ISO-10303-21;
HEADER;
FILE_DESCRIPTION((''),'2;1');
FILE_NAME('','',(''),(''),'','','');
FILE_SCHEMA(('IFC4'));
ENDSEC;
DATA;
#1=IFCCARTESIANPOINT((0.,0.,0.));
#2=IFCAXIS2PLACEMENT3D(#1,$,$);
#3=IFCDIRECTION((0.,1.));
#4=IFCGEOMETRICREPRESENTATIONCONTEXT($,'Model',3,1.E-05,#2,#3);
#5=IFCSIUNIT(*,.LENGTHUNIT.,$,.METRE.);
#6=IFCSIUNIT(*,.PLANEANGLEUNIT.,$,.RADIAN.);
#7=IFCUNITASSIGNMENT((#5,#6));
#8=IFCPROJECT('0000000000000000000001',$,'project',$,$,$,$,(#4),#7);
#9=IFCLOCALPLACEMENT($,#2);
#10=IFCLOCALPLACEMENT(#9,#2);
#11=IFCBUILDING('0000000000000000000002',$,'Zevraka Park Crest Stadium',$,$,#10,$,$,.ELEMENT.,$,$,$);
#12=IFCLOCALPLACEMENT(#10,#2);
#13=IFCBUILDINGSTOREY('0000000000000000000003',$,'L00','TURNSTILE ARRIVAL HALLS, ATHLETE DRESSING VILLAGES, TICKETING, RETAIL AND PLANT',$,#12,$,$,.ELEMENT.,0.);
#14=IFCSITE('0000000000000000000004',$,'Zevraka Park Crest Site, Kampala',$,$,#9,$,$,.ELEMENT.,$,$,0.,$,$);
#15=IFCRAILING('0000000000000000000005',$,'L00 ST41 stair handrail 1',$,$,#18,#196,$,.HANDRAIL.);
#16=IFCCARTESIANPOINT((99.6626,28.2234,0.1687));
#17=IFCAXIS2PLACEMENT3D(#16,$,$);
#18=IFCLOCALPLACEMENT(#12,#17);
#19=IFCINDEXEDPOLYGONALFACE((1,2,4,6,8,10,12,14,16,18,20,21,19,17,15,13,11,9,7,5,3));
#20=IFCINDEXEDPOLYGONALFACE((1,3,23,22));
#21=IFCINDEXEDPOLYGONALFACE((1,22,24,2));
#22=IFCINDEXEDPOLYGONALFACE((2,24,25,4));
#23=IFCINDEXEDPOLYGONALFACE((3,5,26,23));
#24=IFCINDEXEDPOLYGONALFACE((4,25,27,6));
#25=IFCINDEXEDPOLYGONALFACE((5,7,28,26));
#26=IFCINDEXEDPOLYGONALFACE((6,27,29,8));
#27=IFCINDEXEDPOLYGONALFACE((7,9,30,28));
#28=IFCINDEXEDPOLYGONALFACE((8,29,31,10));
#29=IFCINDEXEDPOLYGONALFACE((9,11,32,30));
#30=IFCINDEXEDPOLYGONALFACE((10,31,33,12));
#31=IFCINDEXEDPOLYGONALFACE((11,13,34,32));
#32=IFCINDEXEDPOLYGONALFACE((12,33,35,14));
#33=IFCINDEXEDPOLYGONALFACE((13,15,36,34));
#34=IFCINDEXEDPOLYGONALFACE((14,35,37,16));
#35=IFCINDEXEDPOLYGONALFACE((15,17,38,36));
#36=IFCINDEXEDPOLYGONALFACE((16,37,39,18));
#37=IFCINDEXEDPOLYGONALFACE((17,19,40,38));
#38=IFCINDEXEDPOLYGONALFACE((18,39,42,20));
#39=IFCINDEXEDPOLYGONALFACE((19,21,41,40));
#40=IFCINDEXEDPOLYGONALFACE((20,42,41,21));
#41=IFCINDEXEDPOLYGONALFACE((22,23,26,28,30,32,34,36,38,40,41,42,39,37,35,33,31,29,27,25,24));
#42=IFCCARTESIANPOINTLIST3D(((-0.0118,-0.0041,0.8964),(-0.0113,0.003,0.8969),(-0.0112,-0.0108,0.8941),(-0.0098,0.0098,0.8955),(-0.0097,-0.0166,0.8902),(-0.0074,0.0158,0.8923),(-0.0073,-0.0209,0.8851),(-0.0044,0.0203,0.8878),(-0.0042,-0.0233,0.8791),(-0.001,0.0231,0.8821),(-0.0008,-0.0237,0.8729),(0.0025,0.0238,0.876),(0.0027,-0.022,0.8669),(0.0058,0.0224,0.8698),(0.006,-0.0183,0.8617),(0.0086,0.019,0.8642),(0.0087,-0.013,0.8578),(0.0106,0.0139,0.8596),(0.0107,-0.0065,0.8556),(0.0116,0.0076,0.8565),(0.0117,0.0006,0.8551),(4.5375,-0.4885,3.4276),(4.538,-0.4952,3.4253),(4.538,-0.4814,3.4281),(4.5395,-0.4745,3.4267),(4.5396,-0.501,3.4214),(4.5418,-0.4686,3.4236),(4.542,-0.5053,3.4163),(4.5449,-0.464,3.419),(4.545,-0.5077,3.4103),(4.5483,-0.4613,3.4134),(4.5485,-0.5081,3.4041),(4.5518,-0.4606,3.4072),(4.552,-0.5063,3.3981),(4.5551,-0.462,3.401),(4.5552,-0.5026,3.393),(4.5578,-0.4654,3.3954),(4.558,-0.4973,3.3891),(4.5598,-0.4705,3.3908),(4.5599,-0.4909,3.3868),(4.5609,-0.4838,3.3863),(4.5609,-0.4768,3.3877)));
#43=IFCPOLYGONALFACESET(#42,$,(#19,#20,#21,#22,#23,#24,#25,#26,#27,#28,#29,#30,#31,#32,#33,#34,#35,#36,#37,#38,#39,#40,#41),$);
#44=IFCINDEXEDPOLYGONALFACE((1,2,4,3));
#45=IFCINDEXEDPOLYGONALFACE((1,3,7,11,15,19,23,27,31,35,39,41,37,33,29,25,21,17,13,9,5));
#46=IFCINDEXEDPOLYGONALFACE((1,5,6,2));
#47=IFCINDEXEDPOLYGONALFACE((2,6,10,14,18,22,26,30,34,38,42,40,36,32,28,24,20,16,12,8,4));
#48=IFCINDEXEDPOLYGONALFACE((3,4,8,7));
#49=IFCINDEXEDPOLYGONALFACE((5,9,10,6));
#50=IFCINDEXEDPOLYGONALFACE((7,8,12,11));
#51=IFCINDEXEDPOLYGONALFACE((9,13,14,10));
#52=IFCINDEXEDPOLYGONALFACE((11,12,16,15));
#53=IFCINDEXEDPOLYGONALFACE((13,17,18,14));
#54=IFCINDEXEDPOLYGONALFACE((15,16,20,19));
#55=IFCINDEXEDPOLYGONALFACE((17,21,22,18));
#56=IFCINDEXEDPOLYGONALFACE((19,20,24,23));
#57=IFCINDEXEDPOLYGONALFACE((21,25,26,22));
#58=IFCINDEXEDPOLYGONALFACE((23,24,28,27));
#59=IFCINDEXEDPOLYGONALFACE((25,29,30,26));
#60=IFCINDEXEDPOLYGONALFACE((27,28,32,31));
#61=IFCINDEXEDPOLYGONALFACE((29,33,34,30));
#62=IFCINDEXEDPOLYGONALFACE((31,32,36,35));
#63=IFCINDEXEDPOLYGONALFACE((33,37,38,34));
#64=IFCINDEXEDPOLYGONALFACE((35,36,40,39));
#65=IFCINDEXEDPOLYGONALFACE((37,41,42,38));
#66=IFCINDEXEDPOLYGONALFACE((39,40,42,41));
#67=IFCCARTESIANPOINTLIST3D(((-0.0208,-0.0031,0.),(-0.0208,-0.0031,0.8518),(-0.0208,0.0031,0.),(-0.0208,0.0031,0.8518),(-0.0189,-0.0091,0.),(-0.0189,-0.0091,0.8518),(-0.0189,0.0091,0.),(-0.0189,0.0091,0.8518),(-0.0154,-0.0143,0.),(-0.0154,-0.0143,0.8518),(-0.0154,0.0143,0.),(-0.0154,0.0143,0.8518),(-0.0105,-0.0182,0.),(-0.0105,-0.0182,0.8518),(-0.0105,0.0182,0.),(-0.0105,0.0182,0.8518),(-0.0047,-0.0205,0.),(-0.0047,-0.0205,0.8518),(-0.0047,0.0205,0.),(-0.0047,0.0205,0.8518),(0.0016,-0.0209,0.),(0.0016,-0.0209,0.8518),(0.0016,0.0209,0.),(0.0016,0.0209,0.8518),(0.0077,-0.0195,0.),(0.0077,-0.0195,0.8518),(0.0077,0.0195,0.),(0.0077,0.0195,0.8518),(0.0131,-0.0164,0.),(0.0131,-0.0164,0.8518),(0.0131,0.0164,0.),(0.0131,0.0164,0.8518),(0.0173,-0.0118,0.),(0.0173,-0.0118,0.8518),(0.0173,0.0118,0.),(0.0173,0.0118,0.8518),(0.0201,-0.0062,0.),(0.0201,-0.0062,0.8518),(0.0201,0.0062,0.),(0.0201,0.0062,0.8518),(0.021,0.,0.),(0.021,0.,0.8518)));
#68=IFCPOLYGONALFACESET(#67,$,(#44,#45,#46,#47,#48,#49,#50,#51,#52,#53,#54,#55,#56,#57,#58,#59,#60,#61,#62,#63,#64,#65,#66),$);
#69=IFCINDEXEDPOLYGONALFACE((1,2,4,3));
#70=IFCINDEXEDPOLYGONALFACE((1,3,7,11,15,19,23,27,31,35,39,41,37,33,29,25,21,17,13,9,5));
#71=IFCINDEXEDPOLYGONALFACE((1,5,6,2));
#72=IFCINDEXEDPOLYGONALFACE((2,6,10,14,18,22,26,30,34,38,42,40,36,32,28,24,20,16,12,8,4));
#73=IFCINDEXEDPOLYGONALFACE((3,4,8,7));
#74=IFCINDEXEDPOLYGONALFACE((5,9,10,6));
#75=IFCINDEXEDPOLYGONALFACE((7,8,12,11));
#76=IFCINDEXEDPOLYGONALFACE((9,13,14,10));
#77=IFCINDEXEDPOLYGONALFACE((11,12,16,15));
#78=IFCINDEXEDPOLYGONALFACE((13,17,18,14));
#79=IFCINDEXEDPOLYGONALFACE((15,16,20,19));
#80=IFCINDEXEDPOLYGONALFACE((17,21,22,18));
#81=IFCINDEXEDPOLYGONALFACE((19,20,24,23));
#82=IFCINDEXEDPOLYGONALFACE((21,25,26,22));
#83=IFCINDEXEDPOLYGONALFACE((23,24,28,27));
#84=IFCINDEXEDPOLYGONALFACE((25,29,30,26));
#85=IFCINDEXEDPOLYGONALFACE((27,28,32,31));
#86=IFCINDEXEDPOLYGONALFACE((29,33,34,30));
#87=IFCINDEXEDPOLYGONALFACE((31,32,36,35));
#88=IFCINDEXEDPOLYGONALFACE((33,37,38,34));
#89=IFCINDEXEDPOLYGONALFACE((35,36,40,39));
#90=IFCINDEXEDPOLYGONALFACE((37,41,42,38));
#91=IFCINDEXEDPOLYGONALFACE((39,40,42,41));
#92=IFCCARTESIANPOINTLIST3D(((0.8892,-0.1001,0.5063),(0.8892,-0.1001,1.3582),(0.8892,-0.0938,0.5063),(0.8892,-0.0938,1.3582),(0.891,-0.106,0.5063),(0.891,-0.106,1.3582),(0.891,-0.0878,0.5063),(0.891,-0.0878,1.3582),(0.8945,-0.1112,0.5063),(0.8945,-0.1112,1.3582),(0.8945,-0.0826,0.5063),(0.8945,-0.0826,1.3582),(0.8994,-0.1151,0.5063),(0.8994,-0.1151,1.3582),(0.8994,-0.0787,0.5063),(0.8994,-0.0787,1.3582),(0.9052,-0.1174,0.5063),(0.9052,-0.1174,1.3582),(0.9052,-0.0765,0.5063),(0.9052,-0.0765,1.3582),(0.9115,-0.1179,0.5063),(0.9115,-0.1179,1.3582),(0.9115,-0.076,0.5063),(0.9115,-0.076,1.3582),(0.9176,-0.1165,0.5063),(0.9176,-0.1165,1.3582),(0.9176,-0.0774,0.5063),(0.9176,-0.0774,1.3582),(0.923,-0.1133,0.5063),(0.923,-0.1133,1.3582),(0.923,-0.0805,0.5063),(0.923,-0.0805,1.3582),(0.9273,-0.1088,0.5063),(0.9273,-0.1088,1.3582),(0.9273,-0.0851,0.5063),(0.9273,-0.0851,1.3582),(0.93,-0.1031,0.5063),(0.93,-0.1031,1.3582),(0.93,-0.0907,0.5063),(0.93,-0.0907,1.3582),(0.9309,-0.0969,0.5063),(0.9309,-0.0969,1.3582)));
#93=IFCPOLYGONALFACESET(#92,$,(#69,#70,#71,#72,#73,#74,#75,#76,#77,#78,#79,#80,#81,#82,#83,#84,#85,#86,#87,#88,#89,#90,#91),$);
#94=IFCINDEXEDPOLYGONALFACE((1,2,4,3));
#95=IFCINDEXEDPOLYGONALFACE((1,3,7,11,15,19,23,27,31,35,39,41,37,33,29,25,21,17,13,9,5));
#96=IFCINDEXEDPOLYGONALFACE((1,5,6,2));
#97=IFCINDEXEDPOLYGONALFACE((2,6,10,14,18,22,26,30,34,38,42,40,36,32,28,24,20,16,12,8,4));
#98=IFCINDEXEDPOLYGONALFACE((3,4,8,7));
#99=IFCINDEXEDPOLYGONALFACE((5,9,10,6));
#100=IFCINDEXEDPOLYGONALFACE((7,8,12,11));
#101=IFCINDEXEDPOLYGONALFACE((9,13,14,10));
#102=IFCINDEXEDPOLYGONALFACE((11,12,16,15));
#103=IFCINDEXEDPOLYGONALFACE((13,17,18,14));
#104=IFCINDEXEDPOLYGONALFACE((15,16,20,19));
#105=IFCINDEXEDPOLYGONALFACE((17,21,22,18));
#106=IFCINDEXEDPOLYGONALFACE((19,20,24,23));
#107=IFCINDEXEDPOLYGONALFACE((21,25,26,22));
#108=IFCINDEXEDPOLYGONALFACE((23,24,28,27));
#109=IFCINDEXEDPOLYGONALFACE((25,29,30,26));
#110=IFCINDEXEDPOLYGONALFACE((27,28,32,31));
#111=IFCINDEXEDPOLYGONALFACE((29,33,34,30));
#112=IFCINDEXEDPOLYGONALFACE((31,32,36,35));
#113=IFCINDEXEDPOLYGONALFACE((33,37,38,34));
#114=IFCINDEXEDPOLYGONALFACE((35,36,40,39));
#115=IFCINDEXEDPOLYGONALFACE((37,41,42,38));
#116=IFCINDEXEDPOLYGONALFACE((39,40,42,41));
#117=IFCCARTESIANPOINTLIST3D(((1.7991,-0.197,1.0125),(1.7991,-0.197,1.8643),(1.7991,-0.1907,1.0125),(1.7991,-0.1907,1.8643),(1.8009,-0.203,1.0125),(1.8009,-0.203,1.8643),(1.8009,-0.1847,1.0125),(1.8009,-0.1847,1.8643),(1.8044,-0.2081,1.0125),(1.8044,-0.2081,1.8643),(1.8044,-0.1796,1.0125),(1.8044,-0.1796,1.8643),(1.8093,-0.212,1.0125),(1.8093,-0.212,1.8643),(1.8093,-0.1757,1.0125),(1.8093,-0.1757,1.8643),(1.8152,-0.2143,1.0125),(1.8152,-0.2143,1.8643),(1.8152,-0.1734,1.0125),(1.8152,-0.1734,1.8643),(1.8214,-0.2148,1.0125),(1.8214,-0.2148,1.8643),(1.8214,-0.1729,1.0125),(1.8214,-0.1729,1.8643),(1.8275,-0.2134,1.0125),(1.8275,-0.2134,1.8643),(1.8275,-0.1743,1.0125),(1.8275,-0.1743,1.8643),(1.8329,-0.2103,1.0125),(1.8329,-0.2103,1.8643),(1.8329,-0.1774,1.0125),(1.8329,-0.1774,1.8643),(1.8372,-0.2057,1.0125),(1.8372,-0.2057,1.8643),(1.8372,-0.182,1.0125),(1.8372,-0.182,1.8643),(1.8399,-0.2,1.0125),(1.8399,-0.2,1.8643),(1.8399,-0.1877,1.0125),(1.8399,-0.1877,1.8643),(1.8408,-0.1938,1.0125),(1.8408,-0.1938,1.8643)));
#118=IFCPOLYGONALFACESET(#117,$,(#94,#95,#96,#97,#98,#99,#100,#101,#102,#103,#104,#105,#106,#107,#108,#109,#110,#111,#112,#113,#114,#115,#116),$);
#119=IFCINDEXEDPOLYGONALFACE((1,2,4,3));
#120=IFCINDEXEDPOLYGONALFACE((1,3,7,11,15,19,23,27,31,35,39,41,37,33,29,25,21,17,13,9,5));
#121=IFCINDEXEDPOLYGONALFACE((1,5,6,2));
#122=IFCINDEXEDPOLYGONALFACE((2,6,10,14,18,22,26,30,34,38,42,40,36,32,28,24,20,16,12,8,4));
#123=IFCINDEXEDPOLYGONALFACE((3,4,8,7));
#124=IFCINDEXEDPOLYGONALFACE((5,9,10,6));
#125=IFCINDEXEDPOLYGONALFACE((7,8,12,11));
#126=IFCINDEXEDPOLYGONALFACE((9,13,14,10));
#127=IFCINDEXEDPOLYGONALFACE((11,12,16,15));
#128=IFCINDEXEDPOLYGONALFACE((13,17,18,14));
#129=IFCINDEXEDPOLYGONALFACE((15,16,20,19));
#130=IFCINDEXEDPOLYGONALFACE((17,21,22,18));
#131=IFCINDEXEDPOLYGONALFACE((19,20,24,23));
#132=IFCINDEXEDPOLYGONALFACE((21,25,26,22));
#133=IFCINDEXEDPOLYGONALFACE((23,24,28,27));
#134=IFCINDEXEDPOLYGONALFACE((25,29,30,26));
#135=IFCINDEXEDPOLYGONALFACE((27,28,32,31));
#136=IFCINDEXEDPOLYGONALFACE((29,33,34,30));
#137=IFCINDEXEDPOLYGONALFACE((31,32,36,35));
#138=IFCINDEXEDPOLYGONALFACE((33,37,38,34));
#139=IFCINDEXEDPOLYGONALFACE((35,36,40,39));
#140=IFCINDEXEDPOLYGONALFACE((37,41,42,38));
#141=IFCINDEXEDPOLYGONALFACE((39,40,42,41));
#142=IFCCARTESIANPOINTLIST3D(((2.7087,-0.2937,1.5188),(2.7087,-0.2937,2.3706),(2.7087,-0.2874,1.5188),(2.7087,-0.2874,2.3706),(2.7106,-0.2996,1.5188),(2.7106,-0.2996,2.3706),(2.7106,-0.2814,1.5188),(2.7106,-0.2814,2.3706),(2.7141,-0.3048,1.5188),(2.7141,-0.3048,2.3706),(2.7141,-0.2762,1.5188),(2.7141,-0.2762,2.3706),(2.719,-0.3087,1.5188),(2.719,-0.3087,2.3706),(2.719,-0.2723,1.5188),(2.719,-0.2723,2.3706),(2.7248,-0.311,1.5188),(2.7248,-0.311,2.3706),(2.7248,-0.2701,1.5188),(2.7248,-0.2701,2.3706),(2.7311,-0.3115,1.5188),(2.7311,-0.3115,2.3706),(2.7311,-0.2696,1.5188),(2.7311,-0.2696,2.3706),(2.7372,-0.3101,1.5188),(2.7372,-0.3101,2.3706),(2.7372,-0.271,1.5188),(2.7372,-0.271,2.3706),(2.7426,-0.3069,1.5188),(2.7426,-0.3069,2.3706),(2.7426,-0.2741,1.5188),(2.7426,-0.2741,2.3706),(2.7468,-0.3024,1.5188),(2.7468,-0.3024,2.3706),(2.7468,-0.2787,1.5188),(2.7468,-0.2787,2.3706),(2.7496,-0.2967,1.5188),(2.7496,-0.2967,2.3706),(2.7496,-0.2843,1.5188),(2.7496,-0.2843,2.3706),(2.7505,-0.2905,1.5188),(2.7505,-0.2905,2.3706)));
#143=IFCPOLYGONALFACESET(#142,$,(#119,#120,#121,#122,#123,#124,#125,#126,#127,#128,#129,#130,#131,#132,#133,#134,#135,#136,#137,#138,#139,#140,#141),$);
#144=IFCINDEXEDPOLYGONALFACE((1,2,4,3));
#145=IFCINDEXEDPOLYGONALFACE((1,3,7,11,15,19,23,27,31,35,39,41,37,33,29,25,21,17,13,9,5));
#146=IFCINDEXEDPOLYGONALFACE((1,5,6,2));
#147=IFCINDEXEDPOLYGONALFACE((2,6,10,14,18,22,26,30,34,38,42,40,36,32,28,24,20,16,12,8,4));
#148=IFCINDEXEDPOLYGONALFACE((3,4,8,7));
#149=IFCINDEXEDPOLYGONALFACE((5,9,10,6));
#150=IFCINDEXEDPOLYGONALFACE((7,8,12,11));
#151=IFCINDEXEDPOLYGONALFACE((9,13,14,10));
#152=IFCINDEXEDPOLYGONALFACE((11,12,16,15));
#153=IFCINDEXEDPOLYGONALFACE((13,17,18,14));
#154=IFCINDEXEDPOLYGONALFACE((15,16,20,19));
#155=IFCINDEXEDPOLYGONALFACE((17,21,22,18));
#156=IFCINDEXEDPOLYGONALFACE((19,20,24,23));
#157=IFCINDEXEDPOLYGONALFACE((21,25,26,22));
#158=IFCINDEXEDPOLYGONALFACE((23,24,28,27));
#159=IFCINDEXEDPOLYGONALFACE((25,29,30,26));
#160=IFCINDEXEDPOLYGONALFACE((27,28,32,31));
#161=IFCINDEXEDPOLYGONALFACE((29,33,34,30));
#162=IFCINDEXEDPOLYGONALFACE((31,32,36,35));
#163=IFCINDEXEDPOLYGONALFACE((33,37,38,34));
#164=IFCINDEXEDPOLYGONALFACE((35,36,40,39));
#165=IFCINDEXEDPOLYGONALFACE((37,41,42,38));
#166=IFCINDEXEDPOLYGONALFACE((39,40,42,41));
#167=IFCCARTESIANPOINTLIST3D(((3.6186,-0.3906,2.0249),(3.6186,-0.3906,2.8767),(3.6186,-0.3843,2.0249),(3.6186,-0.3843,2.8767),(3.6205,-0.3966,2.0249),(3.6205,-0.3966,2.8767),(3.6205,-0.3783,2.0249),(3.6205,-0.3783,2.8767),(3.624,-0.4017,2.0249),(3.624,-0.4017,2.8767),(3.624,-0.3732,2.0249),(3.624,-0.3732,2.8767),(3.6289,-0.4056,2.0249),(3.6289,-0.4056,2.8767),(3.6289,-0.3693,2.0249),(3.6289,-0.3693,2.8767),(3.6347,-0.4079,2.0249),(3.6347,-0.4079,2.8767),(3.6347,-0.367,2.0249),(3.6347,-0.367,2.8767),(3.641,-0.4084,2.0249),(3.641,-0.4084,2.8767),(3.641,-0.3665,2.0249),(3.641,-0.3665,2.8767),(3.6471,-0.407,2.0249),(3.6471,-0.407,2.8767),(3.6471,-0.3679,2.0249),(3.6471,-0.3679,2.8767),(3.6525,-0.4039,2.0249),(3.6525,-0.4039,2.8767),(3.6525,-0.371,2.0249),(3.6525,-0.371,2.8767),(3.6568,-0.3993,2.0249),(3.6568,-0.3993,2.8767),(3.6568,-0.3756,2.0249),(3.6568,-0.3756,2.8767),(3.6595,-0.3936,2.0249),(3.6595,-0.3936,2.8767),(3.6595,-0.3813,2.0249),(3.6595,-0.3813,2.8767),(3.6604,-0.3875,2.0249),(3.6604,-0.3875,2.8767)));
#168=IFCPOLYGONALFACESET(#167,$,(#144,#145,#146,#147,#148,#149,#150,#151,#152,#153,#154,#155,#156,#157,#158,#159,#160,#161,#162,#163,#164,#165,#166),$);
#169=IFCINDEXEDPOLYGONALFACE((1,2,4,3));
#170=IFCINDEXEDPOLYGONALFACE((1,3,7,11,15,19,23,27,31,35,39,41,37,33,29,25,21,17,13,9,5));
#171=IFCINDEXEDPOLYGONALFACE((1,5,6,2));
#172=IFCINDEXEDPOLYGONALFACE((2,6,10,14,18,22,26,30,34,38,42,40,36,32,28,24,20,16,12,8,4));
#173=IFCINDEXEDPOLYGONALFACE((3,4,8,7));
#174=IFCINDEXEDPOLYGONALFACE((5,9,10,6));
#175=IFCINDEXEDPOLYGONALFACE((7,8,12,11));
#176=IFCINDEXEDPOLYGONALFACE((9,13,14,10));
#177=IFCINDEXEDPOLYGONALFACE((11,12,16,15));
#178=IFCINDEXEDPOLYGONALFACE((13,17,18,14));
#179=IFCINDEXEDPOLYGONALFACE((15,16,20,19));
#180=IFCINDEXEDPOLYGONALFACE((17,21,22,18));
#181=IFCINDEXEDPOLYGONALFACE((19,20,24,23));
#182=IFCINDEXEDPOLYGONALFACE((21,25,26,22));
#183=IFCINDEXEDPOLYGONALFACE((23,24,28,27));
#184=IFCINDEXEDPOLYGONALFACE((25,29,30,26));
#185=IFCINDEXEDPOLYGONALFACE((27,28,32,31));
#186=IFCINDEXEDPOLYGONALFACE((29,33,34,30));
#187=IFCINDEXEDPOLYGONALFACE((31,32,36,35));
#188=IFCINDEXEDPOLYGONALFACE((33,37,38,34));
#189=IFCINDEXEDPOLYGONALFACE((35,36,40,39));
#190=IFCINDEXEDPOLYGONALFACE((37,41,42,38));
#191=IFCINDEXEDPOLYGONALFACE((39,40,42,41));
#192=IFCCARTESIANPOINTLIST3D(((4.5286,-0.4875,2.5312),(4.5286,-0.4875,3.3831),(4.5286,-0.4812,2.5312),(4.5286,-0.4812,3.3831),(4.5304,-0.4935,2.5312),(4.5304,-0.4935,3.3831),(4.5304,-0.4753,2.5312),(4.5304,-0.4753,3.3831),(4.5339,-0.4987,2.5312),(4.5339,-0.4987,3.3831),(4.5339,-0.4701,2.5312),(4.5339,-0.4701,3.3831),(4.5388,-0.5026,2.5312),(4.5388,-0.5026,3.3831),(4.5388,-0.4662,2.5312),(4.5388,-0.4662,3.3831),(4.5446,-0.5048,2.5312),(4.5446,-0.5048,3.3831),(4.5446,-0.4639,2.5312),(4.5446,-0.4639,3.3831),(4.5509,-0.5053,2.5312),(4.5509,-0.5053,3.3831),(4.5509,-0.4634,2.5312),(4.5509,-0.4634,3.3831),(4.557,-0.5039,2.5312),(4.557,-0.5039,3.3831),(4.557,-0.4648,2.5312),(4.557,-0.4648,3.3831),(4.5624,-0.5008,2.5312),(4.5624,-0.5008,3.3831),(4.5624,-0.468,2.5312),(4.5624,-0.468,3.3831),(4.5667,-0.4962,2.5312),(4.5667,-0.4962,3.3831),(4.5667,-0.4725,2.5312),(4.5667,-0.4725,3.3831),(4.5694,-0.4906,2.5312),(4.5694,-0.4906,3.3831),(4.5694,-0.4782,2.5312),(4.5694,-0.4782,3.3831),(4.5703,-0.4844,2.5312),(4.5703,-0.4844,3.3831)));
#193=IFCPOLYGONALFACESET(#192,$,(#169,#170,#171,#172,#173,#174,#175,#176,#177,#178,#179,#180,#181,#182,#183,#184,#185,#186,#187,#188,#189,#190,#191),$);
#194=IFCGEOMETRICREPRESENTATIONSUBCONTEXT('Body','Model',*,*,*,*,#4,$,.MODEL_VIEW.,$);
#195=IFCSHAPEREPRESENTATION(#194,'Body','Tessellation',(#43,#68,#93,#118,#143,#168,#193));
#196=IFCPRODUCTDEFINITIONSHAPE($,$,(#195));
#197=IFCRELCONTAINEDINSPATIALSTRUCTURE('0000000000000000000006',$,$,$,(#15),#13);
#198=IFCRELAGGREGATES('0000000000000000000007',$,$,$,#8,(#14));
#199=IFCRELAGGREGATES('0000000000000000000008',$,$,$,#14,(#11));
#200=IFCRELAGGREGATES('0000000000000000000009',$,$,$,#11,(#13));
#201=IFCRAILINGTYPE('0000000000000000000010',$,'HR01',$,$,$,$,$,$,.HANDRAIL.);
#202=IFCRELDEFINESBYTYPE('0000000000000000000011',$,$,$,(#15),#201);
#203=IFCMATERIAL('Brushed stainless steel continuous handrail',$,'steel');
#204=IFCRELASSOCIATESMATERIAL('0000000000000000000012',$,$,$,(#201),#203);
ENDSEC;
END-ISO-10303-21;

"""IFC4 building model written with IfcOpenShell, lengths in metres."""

from ifc_helpers import new_model, si_unit, direction, frame, origin, origin_2d, place, context, subcontext, project, spatial, circle, extrude, material, type_object, element, save


model = new_model("IFC4")

# Units and contexts
model_context = context("Model", 3, precision=1e-05, world=origin(), true_north=direction((0.0, 1.0)))
body_context = subcontext(model_context, "Body", "Model", "MODEL_VIEW")
ifc_project = project(units=[si_unit("LENGTHUNIT", "METRE"), si_unit("PLANEANGLEUNIT", "RADIAN")], contexts=[model_context])

# Site, building, storey
site_placement = place(None, origin())
site = spatial("IfcSite", under=ifc_project, at=site_placement, Name="Zevraka Park Crest Site, Kampala", CompositionType="ELEMENT", RefElevation=0.0)
building_placement = place(site_placement, origin())
building = spatial("IfcBuilding", under=site, at=building_placement, Name="Zevraka Park Crest Stadium", CompositionType="ELEMENT")
storey_placement = place(building_placement, origin())
storey = spatial("IfcBuildingStorey", under=building, at=storey_placement, Name="L00", Description="TURNSTILE ARRIVAL HALLS, ATHLETE DRESSING VILLAGES, TICKETING, RETAIL AND PLANT", CompositionType="ELEMENT", Elevation=0.0)

# Railing
ifc_material_1 = material(Name="Brushed stainless steel continuous handrail", Category="steel")
railing_type_1 = type_object("IfcRailingType", Name="HR01", PredefinedType="HANDRAIL", material=ifc_material_1)
railing_1_placement = place(storey_placement, frame((99.6626, 28.2234, 0.1687)))
element("IfcRailing", 1, at=railing_1_placement, inside=storey, type_object=railing_type_1, Name="L00 ST41 stair handrail 1", PredefinedType="HANDRAIL", context=body_context, shape_type="SweptSolid", body=[
    extrude(circle(Radius=0.0239, at=origin_2d()), frame((0.0, 0.0, 0.876), z_axis=(0.870085, -0.09264, 0.484117), x_axis=(0.105874, 0.99438, 0.0)), (0.0, 0.0, 1.0), 5.2285),
    extrude(circle(Radius=0.021, at=origin_2d()), origin(), (0.0, 0.0, 1.0), 0.8518),
    extrude(circle(Radius=0.021, at=origin_2d()), frame((0.9099, -0.0969, 0.5063)), (0.0, 0.0, 1.0), 0.8518),
    extrude(circle(Radius=0.021, at=origin_2d()), frame((1.8198, -0.1938, 1.0125)), (0.0, 0.0, 1.0), 0.8518),
    extrude(circle(Radius=0.021, at=origin_2d()), frame((2.7295, -0.2905, 1.5188)), (0.0, 0.0, 1.0), 0.8518),
    extrude(circle(Radius=0.021, at=origin_2d()), frame((3.6394, -0.3875, 2.0249)), (0.0, 0.0, 1.0), 0.8518),
    extrude(circle(Radius=0.021, at=origin_2d()), frame((4.5493, -0.4844, 2.5312)), (0.0, 0.0, 1.0), 0.8518),
])

save(model, "model.ifc")
